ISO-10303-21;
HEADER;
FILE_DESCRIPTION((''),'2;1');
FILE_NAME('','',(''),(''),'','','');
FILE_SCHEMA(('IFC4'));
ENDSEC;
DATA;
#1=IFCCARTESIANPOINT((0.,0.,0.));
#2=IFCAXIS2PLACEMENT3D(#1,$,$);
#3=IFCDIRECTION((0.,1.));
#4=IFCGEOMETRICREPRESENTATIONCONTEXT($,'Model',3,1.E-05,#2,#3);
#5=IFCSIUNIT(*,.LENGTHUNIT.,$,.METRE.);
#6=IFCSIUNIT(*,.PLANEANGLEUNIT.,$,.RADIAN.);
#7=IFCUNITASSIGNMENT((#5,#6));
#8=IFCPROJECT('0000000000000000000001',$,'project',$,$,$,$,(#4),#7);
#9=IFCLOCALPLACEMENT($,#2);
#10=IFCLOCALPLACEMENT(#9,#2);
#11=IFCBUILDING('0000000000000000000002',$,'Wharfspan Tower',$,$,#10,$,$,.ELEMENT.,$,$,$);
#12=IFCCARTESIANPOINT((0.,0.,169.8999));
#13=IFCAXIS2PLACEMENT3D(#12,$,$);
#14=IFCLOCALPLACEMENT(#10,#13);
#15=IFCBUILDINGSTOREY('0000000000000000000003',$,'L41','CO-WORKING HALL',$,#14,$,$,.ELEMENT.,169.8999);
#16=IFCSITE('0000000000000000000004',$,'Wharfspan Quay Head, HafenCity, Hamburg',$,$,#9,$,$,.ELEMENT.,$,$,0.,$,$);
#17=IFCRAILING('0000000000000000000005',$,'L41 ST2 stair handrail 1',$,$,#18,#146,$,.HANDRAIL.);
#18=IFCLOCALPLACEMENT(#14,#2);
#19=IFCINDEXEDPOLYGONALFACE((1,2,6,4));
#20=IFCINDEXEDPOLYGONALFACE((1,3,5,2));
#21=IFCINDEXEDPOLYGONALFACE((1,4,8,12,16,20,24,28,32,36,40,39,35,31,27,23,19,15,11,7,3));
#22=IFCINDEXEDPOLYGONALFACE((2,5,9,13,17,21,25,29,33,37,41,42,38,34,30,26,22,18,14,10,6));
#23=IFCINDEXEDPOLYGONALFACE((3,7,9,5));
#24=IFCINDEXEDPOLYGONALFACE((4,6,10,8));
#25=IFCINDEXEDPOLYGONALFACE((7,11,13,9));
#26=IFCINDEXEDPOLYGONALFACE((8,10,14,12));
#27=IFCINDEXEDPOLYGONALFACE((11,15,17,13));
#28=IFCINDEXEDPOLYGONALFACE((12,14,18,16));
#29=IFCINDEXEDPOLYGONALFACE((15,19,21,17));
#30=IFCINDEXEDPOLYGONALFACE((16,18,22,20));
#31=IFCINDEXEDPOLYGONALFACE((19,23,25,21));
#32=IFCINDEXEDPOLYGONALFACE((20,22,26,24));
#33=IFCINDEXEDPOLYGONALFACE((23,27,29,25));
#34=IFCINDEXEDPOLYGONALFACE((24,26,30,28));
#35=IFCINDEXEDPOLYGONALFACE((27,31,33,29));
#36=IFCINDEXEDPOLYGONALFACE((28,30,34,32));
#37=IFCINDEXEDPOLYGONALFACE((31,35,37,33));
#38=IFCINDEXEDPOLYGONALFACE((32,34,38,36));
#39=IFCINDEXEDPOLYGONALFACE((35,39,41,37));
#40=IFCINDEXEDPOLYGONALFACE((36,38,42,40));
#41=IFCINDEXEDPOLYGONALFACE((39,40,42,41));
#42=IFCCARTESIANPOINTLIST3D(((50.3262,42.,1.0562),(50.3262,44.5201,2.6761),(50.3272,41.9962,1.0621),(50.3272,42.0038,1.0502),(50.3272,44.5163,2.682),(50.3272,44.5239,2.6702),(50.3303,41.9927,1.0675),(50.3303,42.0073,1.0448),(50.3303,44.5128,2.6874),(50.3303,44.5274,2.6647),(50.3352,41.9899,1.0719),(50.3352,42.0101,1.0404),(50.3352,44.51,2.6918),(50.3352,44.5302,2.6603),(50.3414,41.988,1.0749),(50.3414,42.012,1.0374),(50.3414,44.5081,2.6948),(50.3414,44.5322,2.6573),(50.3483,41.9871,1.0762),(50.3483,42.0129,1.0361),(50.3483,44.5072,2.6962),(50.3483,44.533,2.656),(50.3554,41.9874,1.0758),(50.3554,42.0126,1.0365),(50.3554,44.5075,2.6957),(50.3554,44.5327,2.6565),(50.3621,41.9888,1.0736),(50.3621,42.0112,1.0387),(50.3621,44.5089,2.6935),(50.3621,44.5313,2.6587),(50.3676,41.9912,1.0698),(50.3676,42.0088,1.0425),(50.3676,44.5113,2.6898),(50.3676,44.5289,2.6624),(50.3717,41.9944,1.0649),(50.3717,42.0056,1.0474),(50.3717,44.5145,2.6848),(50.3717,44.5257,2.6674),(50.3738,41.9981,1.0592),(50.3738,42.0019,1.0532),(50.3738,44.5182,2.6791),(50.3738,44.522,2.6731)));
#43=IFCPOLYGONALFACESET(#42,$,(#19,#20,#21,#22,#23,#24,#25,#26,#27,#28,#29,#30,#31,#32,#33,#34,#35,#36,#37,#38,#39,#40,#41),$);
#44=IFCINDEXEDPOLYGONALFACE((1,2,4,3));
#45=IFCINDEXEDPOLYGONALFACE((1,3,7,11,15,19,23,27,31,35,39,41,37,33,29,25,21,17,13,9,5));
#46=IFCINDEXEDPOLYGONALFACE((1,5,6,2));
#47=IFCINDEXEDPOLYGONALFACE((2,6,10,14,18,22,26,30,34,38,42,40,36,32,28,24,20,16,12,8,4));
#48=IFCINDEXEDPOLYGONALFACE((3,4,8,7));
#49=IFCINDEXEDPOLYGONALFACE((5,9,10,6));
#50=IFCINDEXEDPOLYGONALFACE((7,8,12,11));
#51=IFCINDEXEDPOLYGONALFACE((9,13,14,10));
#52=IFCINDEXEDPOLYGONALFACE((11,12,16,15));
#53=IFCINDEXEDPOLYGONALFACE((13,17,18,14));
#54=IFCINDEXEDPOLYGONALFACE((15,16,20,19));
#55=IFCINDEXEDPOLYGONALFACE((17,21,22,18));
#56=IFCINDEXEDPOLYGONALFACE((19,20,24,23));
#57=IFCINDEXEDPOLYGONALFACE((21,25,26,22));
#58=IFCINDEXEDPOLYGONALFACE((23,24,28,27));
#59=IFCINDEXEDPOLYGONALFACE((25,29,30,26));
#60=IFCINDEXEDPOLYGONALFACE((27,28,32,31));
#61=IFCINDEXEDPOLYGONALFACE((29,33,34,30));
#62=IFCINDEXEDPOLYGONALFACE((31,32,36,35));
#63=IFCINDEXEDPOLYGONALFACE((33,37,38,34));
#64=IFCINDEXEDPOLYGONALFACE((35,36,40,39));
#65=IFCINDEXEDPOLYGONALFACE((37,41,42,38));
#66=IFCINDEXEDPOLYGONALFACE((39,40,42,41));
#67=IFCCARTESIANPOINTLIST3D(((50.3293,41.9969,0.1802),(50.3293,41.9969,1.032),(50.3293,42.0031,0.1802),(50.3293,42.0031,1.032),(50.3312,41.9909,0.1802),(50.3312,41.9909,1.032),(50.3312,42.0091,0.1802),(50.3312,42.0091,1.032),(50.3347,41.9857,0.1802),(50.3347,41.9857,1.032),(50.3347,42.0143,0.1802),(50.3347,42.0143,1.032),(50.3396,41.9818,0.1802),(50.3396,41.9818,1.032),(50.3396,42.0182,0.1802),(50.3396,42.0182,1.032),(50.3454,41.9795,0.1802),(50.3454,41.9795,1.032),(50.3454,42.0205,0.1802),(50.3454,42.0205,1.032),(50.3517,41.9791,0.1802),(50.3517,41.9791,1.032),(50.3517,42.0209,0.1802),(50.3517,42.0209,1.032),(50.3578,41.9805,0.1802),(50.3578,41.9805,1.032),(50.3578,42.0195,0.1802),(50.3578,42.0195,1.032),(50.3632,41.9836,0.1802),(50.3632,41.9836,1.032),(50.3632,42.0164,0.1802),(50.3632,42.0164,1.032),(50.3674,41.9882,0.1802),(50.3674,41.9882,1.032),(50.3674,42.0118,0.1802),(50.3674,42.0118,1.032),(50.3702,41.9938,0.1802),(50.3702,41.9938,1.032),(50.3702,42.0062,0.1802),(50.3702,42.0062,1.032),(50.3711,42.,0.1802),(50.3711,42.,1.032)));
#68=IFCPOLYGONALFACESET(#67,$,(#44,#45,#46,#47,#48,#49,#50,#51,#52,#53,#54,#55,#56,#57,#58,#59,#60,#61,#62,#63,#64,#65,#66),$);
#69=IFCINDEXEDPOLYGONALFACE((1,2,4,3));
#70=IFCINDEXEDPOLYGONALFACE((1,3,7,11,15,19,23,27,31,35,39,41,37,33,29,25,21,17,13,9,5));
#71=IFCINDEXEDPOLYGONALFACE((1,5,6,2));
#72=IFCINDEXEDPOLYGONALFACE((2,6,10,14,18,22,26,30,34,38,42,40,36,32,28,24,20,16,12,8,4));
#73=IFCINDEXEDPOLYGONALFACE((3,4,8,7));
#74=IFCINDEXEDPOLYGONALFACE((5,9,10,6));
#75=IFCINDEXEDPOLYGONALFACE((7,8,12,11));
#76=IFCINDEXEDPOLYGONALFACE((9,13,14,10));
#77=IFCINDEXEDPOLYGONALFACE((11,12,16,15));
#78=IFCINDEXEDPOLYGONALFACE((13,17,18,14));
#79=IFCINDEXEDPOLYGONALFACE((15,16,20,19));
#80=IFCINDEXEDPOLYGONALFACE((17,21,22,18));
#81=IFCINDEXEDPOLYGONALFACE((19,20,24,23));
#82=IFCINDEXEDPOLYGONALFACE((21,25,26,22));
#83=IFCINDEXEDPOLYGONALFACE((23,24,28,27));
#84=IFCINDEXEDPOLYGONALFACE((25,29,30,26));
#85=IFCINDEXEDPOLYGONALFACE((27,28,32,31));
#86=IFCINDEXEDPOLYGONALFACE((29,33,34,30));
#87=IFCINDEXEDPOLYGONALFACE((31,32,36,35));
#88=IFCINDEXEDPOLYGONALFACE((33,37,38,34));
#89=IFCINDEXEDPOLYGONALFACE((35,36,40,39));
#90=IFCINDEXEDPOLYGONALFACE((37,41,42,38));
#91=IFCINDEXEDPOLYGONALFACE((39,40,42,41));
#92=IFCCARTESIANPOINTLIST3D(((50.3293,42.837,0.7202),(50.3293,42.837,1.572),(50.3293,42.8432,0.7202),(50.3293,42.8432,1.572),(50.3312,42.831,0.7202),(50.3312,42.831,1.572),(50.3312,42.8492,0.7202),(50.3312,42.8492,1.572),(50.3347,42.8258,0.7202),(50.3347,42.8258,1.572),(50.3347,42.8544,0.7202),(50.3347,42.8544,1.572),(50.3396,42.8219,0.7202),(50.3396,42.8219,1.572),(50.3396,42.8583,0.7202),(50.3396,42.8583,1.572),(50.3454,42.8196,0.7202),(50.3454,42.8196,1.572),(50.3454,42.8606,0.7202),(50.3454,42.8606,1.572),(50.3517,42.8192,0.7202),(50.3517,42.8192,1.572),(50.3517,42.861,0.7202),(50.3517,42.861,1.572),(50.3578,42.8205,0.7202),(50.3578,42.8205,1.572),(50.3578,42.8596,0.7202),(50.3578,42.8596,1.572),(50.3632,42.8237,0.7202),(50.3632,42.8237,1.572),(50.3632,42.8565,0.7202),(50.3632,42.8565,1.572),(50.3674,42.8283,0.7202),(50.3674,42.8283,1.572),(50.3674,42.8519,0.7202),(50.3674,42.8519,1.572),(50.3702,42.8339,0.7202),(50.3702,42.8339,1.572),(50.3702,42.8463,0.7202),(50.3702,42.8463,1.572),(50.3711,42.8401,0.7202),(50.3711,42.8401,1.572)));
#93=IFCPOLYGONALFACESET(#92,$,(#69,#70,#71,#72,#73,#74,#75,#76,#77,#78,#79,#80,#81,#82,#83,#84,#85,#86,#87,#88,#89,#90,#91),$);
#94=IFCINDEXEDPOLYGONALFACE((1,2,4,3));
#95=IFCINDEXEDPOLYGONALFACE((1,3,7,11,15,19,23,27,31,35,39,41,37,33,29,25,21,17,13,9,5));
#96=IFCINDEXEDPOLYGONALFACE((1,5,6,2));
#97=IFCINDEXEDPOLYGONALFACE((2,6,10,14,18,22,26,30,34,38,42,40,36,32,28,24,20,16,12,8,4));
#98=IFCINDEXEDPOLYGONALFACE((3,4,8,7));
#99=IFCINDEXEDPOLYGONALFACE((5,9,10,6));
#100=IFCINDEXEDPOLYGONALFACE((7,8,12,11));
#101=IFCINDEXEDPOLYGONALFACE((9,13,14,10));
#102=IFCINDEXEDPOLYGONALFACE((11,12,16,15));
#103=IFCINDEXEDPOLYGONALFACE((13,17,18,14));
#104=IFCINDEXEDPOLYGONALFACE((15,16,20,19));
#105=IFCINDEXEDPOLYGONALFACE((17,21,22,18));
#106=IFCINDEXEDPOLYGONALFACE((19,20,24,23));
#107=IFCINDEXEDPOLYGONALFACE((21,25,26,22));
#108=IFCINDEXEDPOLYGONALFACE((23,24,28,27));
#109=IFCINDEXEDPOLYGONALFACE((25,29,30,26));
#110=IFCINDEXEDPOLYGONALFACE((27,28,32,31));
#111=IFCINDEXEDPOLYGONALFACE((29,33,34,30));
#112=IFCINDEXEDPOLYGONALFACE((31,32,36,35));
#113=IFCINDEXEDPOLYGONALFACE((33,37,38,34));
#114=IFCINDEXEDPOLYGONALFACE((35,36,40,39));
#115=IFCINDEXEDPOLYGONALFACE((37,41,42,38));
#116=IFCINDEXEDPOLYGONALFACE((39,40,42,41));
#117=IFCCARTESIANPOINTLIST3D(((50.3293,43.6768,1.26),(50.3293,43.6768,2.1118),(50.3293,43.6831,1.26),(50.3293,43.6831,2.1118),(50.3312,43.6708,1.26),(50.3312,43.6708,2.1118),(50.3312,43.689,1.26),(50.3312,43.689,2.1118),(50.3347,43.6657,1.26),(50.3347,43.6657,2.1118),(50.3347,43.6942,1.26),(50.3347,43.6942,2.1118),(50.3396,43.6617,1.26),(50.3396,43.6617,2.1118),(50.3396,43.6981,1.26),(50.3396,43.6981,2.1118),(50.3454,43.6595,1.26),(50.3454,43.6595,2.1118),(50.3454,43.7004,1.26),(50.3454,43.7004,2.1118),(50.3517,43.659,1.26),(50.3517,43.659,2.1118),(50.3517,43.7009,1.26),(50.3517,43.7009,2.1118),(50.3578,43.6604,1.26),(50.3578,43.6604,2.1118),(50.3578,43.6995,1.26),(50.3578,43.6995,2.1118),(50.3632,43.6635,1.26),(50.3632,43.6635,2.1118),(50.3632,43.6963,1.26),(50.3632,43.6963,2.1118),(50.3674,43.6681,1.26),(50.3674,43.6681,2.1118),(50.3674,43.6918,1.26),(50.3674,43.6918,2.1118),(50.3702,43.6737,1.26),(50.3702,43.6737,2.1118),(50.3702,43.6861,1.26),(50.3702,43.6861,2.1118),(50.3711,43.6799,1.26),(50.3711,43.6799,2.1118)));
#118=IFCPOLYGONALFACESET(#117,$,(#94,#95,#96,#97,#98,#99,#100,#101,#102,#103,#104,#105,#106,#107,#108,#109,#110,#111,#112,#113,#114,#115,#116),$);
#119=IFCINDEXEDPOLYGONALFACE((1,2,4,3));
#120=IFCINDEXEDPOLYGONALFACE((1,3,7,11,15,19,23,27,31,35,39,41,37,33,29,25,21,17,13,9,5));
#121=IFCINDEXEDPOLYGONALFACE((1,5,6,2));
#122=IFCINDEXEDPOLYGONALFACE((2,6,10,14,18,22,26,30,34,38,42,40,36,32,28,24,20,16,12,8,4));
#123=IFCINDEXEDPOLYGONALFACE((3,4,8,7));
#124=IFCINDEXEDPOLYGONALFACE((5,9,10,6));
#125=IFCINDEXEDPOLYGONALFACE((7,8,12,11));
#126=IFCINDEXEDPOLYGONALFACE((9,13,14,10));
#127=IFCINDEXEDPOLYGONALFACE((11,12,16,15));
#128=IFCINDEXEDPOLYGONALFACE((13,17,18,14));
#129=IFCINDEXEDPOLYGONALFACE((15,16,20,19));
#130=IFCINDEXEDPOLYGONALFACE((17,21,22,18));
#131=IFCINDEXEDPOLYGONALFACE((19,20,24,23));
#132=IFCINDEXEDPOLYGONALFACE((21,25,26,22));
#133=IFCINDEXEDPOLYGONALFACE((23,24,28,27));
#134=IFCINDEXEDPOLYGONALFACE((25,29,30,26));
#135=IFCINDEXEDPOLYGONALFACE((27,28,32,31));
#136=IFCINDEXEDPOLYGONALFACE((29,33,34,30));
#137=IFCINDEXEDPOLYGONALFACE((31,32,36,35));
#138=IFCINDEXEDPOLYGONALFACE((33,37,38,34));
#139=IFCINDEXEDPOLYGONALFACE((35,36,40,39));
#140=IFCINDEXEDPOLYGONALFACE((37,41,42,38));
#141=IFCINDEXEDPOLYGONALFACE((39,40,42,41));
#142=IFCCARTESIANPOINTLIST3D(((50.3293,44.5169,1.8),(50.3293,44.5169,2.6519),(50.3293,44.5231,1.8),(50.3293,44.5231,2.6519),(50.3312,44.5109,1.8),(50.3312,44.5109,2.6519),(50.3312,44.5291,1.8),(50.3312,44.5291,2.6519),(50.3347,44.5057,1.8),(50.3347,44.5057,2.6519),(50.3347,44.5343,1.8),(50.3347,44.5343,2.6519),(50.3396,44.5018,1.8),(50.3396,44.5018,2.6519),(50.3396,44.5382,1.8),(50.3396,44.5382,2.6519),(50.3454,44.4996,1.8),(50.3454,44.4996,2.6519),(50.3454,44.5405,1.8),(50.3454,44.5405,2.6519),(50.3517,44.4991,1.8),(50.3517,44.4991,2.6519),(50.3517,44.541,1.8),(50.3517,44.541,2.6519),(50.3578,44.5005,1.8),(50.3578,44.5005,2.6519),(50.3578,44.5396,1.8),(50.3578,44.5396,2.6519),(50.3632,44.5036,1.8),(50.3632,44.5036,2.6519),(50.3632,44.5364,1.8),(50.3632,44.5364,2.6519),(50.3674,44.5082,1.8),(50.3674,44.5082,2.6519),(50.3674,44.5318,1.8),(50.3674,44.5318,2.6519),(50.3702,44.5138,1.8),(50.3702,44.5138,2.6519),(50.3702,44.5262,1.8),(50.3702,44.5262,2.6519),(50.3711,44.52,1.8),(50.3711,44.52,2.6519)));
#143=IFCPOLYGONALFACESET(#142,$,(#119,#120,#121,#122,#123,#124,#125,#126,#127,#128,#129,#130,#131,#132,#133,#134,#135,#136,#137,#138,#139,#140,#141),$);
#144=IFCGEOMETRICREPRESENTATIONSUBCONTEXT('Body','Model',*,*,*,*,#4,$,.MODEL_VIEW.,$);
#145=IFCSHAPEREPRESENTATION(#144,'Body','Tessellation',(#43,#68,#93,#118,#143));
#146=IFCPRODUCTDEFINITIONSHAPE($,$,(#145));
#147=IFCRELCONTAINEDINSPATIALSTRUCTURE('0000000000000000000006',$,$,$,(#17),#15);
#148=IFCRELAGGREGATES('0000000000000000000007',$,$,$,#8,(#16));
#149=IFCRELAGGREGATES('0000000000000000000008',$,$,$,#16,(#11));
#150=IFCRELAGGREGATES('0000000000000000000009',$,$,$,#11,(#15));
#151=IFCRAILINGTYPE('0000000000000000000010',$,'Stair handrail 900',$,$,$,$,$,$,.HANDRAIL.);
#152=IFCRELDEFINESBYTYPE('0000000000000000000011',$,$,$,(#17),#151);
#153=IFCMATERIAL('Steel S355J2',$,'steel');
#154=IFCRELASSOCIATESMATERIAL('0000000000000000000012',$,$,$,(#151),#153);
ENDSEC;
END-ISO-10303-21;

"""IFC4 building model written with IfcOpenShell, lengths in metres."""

from ifc_helpers import new_model, si_unit, direction, frame, origin, origin_2d, place, context, subcontext, project, spatial, circle, extrude, material, type_object, element, save


model = new_model("IFC4")

# Units and contexts
model_context = context("Model", 3, precision=1e-05, world=origin(), true_north=direction((0.0, 1.0)))
body_context = subcontext(model_context, "Body", "Model", "MODEL_VIEW")
ifc_project = project(units=[si_unit("LENGTHUNIT", "METRE"), si_unit("PLANEANGLEUNIT", "RADIAN")], contexts=[model_context])

# Site, building, storey
site_placement = place(None, origin())
site = spatial("IfcSite", under=ifc_project, at=site_placement, Name="Wharfspan Quay Head, HafenCity, Hamburg", CompositionType="ELEMENT", RefElevation=0.0)
building_placement = place(site_placement, origin())
building = spatial("IfcBuilding", under=site, at=building_placement, Name="Wharfspan Tower", CompositionType="ELEMENT")
storey_placement = place(building_placement, frame((0.0, 0.0, 169.8999)))
storey = spatial("IfcBuildingStorey", under=building, at=storey_placement, Name="L41", Description="CO-WORKING HALL", CompositionType="ELEMENT", Elevation=169.8999)

# Shared definitions
ifc_material_1 = material(Name="Steel S355J2", Category="steel")

# Railing
railing_type_1 = type_object("IfcRailingType", Name="Stair handrail 900", PredefinedType="HANDRAIL", material=ifc_material_1)
railing_1_placement = place(storey_placement, frame((50.3501, 42.0, 0.1802)))
element("IfcRailing", 1, at=railing_1_placement, inside=storey, type_object=railing_type_1, Name="L41 ST2 stair handrail 1", PredefinedType="HANDRAIL", context=body_context, shape_type="SweptSolid", body=[
    extrude(circle(Radius=0.0239, at=origin_2d()), frame((0.0, 0.0, 0.876), z_axis=(0.0, 0.8412, 0.540725), x_axis=(-1.0, 0.0, 0.0)), (0.0, 0.0, 1.0), 2.9958),
    extrude(circle(Radius=0.021, at=origin_2d()), origin(), (0.0, 0.0, 1.0), 0.8518),
    extrude(circle(Radius=0.021, at=origin_2d()), frame((0.0, 0.8401, 0.54)), (0.0, 0.0, 1.0), 0.8518),
    extrude(circle(Radius=0.021, at=origin_2d()), frame((0.0, 1.6799, 1.0798)), (0.0, 0.0, 1.0), 0.8518),
    extrude(circle(Radius=0.021, at=origin_2d()), frame((0.0, 2.52, 1.6199)), (0.0, 0.0, 1.0), 0.8518),
])

save(model, "model.ifc")
